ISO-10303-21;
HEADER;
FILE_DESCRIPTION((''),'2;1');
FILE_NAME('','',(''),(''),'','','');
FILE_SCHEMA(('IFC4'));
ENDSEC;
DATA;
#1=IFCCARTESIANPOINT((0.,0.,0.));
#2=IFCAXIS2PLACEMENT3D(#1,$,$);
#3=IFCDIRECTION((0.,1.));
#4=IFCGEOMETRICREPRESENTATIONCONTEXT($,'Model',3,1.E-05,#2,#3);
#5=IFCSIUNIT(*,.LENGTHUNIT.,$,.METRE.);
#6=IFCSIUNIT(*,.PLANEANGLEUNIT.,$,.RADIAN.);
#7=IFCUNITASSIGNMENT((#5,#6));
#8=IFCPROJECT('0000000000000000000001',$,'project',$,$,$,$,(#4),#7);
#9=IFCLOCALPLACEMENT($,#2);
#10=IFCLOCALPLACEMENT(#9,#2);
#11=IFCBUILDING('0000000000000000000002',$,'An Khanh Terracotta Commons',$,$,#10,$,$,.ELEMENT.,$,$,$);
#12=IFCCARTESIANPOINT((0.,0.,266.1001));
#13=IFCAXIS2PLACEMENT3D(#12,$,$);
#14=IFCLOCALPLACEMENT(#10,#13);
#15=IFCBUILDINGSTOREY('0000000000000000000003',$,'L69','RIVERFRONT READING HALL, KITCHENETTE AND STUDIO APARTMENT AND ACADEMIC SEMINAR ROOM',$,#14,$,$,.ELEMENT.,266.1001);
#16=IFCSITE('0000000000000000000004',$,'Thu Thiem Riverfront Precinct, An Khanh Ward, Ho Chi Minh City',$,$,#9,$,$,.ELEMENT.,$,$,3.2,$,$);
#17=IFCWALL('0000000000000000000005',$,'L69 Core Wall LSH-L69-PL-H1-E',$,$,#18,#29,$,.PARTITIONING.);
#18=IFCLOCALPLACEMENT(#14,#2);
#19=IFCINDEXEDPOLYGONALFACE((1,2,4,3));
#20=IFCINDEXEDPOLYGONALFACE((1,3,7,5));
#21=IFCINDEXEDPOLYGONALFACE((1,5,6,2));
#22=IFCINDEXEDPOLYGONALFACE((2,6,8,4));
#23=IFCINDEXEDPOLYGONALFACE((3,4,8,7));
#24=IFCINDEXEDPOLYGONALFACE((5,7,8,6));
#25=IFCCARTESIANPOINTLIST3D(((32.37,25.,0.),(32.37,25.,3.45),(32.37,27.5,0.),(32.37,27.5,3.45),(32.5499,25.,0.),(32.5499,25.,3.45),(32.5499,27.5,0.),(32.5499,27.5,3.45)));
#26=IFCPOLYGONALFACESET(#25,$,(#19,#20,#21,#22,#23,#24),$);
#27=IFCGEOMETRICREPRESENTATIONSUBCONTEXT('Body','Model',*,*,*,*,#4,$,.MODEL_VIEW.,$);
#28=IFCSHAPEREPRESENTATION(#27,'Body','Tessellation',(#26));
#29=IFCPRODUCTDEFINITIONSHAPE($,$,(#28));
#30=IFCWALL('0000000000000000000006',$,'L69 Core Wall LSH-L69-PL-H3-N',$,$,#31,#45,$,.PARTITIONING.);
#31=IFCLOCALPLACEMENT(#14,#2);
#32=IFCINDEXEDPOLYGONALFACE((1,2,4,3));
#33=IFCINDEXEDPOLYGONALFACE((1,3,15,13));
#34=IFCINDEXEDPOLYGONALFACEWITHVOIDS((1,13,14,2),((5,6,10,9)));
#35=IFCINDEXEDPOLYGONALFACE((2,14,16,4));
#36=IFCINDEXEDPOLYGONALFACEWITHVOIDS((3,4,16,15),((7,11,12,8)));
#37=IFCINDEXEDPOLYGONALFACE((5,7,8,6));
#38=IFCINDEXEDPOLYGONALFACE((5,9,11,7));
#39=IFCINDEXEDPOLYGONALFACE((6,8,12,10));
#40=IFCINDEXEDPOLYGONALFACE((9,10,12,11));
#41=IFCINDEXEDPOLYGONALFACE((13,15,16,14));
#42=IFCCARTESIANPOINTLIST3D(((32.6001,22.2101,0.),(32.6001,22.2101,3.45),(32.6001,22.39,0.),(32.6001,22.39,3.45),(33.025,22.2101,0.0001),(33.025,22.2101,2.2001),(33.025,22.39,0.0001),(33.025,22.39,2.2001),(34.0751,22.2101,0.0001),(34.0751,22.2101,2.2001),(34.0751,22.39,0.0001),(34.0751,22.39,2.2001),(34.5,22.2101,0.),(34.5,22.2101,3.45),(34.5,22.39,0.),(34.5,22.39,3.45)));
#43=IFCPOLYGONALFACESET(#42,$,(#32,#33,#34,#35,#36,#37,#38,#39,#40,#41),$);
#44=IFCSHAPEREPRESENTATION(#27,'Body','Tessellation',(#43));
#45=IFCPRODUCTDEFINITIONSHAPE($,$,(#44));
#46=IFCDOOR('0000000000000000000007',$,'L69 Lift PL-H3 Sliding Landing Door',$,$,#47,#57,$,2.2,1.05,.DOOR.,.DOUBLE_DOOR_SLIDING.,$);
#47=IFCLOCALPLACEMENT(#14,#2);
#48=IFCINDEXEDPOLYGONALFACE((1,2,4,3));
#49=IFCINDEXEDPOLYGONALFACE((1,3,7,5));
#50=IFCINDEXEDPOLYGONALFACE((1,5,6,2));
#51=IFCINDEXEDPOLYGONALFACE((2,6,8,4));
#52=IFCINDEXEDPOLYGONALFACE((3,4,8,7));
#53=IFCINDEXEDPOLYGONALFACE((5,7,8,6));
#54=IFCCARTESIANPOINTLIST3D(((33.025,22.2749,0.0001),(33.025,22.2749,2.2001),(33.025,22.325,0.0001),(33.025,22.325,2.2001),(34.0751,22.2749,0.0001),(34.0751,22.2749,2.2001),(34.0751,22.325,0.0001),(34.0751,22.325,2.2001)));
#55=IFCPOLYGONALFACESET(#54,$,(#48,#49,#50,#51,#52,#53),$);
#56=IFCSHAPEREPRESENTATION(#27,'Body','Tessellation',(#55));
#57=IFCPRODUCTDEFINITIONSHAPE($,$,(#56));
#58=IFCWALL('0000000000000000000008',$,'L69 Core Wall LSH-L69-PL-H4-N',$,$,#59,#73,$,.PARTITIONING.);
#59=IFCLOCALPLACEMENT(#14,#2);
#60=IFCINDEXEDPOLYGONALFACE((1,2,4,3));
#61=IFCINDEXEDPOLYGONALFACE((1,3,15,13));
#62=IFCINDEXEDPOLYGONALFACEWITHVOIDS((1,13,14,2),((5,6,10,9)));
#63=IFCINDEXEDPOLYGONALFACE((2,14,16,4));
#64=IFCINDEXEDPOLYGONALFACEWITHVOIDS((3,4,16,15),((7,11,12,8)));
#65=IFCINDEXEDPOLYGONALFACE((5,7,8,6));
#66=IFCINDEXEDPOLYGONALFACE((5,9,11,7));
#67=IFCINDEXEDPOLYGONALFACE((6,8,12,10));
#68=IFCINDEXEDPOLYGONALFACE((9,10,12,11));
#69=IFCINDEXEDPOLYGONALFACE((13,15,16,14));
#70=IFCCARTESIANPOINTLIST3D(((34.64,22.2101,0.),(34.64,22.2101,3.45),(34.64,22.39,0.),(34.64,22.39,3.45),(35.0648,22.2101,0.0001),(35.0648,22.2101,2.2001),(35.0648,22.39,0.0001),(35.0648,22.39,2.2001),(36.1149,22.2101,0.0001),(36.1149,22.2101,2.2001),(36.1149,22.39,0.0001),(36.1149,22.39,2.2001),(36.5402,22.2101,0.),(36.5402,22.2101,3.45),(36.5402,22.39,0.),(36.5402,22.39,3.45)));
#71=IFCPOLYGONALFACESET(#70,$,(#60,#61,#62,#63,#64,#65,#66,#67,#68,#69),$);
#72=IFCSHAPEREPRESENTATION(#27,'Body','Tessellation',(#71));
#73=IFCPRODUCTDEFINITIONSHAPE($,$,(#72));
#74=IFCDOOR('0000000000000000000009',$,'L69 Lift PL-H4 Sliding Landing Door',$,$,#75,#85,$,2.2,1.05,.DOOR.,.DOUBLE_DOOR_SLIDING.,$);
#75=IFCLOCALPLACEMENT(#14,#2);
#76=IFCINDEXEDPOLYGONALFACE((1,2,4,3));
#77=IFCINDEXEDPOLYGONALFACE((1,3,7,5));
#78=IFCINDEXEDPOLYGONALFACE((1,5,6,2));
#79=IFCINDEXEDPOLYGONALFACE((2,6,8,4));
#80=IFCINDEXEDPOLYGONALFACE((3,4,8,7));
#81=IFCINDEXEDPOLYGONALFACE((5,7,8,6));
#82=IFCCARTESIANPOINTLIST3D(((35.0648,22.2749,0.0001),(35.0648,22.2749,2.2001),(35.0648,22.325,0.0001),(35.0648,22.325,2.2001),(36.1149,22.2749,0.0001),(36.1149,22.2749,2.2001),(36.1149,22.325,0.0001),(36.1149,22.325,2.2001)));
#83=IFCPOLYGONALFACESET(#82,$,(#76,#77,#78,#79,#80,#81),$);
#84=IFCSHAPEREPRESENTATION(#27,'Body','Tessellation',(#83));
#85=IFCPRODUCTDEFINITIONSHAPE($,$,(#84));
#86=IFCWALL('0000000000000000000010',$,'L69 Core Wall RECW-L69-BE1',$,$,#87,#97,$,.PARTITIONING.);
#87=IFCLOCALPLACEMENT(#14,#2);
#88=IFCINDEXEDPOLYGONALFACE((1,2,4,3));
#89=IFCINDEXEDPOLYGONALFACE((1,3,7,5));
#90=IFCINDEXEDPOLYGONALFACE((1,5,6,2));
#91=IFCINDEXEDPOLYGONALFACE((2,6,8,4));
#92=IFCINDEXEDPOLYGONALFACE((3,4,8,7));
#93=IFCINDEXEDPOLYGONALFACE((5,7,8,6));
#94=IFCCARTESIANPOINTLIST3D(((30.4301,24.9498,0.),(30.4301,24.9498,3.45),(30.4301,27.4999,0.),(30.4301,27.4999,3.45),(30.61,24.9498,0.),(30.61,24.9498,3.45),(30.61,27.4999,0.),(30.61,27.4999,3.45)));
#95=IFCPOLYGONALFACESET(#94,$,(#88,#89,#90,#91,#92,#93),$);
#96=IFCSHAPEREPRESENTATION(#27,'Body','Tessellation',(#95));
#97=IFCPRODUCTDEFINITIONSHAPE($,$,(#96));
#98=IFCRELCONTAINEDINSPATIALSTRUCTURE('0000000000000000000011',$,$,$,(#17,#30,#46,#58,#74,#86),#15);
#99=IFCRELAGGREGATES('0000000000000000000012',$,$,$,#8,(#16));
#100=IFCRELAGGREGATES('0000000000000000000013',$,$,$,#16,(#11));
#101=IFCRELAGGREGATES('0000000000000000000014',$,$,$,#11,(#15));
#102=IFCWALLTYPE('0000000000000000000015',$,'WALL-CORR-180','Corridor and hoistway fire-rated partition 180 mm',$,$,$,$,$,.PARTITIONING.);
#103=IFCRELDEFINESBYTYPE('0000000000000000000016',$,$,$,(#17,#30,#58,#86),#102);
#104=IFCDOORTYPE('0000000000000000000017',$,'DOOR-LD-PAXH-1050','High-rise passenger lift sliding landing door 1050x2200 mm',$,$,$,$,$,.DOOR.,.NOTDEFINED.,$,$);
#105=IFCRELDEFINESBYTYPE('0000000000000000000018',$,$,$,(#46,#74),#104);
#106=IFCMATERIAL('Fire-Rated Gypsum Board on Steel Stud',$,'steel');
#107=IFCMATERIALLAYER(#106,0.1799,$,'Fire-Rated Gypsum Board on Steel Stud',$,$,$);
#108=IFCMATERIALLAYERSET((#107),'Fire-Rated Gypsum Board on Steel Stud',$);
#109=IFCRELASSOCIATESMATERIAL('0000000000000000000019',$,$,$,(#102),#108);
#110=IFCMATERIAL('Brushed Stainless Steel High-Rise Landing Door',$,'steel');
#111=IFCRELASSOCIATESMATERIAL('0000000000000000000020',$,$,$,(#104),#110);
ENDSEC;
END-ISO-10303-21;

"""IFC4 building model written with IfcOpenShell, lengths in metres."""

from ifc_helpers import new_model, si_unit, direction, frame, frame_2d, origin, place, context, subcontext, project, spatial, rectangle, extrude, material, layer, layer_set, type_object, element, fill, save


model = new_model("IFC4")

# Units and contexts
model_context = context("Model", 3, precision=1e-05, world=origin(), true_north=direction((0.0, 1.0)))
body_context = subcontext(model_context, "Body", "Model", "MODEL_VIEW")
ifc_project = project(units=[si_unit("LENGTHUNIT", "METRE"), si_unit("PLANEANGLEUNIT", "RADIAN")], contexts=[model_context])

# Site, building, storey
site_placement = place(None, origin())
site = spatial("IfcSite", under=ifc_project, at=site_placement, Name="Thu Thiem Riverfront Precinct, An Khanh Ward, Ho Chi Minh City", CompositionType="ELEMENT", RefElevation=3.2)
building_placement = place(site_placement, origin())
building = spatial("IfcBuilding", under=site, at=building_placement, Name="An Khanh Terracotta Commons", CompositionType="ELEMENT")
storey_placement = place(building_placement, frame((0.0, 0.0, 266.1001)))
storey = spatial("IfcBuildingStorey", under=building, at=storey_placement, Name="L69", Description="RIVERFRONT READING HALL, KITCHENETTE AND STUDIO APARTMENT AND ACADEMIC SEMINAR ROOM", CompositionType="ELEMENT", Elevation=266.1001)

# Shared definitions
ifc_material_1 = material(Name="Fire-Rated Gypsum Board on Steel Stud", Category="steel")
ifc_layer_1 = layer(ifc_material_1, 0.1799, Name="Fire-Rated Gypsum Board on Steel Stud")
ifc_layer_set_1 = layer_set([ifc_layer_1], Name="Fire-Rated Gypsum Board on Steel Stud")
wall_type_1 = type_object("IfcWallType", Name="WALL-CORR-180", Description="Corridor and hoistway fire-rated partition 180 mm", PredefinedType="PARTITIONING", material=ifc_layer_set_1)

# Shared definitions
ifc_material_2 = material(Name="Brushed Stainless Steel High-Rise Landing Door", Category="steel")
door_type_1 = type_object("IfcDoorType", Name="DOOR-LD-PAXH-1050", Description="High-rise passenger lift sliding landing door 1050x2200 mm", OperationType="NOTDEFINED", PredefinedType="DOOR", material=ifc_material_2)

# Wall
wall_1_placement = place(storey_placement, frame((32.46, 25.0, 0.0), z_axis=(0.0, 0.0, 1.0), x_axis=(0.0, 1.0, 0.0)))
element("IfcWall", 1, at=wall_1_placement, inside=storey, type_object=wall_type_1, Name="L69 Core Wall LSH-L69-PL-H1-E", PredefinedType="PARTITIONING", context=body_context, shape_type="SweptSolid", body=[
    extrude(rectangle(XDim=2.5, YDim=0.1799, at=frame_2d((1.25, 0.0))), origin(), (0.0, 0.0, 1.0), 3.45),
])

# Walls, openings, doors
wall_2_placement = place(storey_placement, frame((32.6001, 22.3, 0.0), z_axis=(0.0, 0.0, 1.0), x_axis=(1.0, 0.0, 0.0)))
wall_2 = element("IfcWall", 2, at=wall_2_placement, inside=storey, type_object=wall_type_1, Name="L69 Core Wall LSH-L69-PL-H3-N", PredefinedType="PARTITIONING", context=body_context, shape_type="SweptSolid", body=[
    extrude(rectangle(XDim=1.8999, YDim=0.1799, at=frame_2d((0.95, 0.0))), origin(), (0.0, 0.0, 1.0), 3.45),
])
opening_1_placement = place(wall_2_placement, frame((0.425, 0.0, 0.0)))
opening_1 = element("IfcOpeningElement", 3, at=opening_1_placement, cuts=wall_2, PredefinedType="OPENING", context=body_context, shape_type="SweptSolid", body=[
    extrude(rectangle(XDim=1.05, YDim=2.2, at=frame_2d((0.5249, 1.1001))), frame((0.0, 0.0999, 0.0), z_axis=(0.0, -1.0, 0.0), x_axis=(1.0, 0.0, 0.0)), (0.0, 0.0, 1.0), 0.2),
])
door_1_placement = place(opening_1_placement, origin())
door_1 = element("IfcDoor", 4, at=door_1_placement, inside=storey, type_object=door_type_1, Name="L69 Lift PL-H3 Sliding Landing Door", OperationType="DOUBLE_DOOR_SLIDING", OverallHeight=2.2, OverallWidth=1.05, PredefinedType="DOOR", context=body_context, shape_type="SweptSolid", body=[
    extrude(rectangle(XDim=1.05, YDim=2.2, at=frame_2d((0.5249, 1.1001))), frame((0.0, 0.0249, 0.0), z_axis=(0.0, -1.0, 0.0), x_axis=(1.0, 0.0, 0.0)), (0.0, 0.0, 1.0), 0.05),
])
fill(opening_1, door_1)
wall_3_placement = place(storey_placement, frame((34.6399, 22.3, 0.0), z_axis=(0.0, 0.0, 1.0), x_axis=(1.0, 0.0, 0.0)))
wall_3 = element("IfcWall", 5, at=wall_3_placement, inside=storey, type_object=wall_type_1, Name="L69 Core Wall LSH-L69-PL-H4-N", PredefinedType="PARTITIONING", context=body_context, shape_type="SweptSolid", body=[
    extrude(rectangle(XDim=1.9001, YDim=0.1799, at=frame_2d((0.9502, 0.0))), origin(), (0.0, 0.0, 1.0), 3.45),
])
opening_2_placement = place(wall_3_placement, frame((0.425, 0.0, 0.0)))
opening_2 = element("IfcOpeningElement", 6, at=opening_2_placement, cuts=wall_3, PredefinedType="OPENING", context=body_context, shape_type="SweptSolid", body=[
    extrude(rectangle(XDim=1.05, YDim=2.2, at=frame_2d((0.5249, 1.1001))), frame((0.0, 0.0999, 0.0), z_axis=(0.0, -1.0, 0.0), x_axis=(1.0, 0.0, 0.0)), (0.0, 0.0, 1.0), 0.2),
])
door_2_placement = place(opening_2_placement, origin())
door_2 = element("IfcDoor", 7, at=door_2_placement, inside=storey, type_object=door_type_1, Name="L69 Lift PL-H4 Sliding Landing Door", OperationType="DOUBLE_DOOR_SLIDING", OverallHeight=2.2, OverallWidth=1.05, PredefinedType="DOOR", context=body_context, shape_type="SweptSolid", body=[
    extrude(rectangle(XDim=1.05, YDim=2.2, at=frame_2d((0.5249, 1.1001))), frame((0.0, 0.0249, 0.0), z_axis=(0.0, -1.0, 0.0), x_axis=(1.0, 0.0, 0.0)), (0.0, 0.0, 1.0), 0.05),
])
fill(opening_2, door_2)

# Wall
wall_4_placement = place(storey_placement, frame((30.52, 24.95, 0.0), z_axis=(0.0, 0.0, 1.0), x_axis=(0.0, 1.0, 0.0)))
element("IfcWall", 8, at=wall_4_placement, inside=storey, type_object=wall_type_1, Name="L69 Core Wall RECW-L69-BE1", PredefinedType="PARTITIONING", context=body_context, shape_type="SweptSolid", body=[
    extrude(rectangle(XDim=2.55, YDim=0.1799, at=frame_2d((1.2749, 0.0))), origin(), (0.0, 0.0, 1.0), 3.45),
])

save(model, "model.ifc")
